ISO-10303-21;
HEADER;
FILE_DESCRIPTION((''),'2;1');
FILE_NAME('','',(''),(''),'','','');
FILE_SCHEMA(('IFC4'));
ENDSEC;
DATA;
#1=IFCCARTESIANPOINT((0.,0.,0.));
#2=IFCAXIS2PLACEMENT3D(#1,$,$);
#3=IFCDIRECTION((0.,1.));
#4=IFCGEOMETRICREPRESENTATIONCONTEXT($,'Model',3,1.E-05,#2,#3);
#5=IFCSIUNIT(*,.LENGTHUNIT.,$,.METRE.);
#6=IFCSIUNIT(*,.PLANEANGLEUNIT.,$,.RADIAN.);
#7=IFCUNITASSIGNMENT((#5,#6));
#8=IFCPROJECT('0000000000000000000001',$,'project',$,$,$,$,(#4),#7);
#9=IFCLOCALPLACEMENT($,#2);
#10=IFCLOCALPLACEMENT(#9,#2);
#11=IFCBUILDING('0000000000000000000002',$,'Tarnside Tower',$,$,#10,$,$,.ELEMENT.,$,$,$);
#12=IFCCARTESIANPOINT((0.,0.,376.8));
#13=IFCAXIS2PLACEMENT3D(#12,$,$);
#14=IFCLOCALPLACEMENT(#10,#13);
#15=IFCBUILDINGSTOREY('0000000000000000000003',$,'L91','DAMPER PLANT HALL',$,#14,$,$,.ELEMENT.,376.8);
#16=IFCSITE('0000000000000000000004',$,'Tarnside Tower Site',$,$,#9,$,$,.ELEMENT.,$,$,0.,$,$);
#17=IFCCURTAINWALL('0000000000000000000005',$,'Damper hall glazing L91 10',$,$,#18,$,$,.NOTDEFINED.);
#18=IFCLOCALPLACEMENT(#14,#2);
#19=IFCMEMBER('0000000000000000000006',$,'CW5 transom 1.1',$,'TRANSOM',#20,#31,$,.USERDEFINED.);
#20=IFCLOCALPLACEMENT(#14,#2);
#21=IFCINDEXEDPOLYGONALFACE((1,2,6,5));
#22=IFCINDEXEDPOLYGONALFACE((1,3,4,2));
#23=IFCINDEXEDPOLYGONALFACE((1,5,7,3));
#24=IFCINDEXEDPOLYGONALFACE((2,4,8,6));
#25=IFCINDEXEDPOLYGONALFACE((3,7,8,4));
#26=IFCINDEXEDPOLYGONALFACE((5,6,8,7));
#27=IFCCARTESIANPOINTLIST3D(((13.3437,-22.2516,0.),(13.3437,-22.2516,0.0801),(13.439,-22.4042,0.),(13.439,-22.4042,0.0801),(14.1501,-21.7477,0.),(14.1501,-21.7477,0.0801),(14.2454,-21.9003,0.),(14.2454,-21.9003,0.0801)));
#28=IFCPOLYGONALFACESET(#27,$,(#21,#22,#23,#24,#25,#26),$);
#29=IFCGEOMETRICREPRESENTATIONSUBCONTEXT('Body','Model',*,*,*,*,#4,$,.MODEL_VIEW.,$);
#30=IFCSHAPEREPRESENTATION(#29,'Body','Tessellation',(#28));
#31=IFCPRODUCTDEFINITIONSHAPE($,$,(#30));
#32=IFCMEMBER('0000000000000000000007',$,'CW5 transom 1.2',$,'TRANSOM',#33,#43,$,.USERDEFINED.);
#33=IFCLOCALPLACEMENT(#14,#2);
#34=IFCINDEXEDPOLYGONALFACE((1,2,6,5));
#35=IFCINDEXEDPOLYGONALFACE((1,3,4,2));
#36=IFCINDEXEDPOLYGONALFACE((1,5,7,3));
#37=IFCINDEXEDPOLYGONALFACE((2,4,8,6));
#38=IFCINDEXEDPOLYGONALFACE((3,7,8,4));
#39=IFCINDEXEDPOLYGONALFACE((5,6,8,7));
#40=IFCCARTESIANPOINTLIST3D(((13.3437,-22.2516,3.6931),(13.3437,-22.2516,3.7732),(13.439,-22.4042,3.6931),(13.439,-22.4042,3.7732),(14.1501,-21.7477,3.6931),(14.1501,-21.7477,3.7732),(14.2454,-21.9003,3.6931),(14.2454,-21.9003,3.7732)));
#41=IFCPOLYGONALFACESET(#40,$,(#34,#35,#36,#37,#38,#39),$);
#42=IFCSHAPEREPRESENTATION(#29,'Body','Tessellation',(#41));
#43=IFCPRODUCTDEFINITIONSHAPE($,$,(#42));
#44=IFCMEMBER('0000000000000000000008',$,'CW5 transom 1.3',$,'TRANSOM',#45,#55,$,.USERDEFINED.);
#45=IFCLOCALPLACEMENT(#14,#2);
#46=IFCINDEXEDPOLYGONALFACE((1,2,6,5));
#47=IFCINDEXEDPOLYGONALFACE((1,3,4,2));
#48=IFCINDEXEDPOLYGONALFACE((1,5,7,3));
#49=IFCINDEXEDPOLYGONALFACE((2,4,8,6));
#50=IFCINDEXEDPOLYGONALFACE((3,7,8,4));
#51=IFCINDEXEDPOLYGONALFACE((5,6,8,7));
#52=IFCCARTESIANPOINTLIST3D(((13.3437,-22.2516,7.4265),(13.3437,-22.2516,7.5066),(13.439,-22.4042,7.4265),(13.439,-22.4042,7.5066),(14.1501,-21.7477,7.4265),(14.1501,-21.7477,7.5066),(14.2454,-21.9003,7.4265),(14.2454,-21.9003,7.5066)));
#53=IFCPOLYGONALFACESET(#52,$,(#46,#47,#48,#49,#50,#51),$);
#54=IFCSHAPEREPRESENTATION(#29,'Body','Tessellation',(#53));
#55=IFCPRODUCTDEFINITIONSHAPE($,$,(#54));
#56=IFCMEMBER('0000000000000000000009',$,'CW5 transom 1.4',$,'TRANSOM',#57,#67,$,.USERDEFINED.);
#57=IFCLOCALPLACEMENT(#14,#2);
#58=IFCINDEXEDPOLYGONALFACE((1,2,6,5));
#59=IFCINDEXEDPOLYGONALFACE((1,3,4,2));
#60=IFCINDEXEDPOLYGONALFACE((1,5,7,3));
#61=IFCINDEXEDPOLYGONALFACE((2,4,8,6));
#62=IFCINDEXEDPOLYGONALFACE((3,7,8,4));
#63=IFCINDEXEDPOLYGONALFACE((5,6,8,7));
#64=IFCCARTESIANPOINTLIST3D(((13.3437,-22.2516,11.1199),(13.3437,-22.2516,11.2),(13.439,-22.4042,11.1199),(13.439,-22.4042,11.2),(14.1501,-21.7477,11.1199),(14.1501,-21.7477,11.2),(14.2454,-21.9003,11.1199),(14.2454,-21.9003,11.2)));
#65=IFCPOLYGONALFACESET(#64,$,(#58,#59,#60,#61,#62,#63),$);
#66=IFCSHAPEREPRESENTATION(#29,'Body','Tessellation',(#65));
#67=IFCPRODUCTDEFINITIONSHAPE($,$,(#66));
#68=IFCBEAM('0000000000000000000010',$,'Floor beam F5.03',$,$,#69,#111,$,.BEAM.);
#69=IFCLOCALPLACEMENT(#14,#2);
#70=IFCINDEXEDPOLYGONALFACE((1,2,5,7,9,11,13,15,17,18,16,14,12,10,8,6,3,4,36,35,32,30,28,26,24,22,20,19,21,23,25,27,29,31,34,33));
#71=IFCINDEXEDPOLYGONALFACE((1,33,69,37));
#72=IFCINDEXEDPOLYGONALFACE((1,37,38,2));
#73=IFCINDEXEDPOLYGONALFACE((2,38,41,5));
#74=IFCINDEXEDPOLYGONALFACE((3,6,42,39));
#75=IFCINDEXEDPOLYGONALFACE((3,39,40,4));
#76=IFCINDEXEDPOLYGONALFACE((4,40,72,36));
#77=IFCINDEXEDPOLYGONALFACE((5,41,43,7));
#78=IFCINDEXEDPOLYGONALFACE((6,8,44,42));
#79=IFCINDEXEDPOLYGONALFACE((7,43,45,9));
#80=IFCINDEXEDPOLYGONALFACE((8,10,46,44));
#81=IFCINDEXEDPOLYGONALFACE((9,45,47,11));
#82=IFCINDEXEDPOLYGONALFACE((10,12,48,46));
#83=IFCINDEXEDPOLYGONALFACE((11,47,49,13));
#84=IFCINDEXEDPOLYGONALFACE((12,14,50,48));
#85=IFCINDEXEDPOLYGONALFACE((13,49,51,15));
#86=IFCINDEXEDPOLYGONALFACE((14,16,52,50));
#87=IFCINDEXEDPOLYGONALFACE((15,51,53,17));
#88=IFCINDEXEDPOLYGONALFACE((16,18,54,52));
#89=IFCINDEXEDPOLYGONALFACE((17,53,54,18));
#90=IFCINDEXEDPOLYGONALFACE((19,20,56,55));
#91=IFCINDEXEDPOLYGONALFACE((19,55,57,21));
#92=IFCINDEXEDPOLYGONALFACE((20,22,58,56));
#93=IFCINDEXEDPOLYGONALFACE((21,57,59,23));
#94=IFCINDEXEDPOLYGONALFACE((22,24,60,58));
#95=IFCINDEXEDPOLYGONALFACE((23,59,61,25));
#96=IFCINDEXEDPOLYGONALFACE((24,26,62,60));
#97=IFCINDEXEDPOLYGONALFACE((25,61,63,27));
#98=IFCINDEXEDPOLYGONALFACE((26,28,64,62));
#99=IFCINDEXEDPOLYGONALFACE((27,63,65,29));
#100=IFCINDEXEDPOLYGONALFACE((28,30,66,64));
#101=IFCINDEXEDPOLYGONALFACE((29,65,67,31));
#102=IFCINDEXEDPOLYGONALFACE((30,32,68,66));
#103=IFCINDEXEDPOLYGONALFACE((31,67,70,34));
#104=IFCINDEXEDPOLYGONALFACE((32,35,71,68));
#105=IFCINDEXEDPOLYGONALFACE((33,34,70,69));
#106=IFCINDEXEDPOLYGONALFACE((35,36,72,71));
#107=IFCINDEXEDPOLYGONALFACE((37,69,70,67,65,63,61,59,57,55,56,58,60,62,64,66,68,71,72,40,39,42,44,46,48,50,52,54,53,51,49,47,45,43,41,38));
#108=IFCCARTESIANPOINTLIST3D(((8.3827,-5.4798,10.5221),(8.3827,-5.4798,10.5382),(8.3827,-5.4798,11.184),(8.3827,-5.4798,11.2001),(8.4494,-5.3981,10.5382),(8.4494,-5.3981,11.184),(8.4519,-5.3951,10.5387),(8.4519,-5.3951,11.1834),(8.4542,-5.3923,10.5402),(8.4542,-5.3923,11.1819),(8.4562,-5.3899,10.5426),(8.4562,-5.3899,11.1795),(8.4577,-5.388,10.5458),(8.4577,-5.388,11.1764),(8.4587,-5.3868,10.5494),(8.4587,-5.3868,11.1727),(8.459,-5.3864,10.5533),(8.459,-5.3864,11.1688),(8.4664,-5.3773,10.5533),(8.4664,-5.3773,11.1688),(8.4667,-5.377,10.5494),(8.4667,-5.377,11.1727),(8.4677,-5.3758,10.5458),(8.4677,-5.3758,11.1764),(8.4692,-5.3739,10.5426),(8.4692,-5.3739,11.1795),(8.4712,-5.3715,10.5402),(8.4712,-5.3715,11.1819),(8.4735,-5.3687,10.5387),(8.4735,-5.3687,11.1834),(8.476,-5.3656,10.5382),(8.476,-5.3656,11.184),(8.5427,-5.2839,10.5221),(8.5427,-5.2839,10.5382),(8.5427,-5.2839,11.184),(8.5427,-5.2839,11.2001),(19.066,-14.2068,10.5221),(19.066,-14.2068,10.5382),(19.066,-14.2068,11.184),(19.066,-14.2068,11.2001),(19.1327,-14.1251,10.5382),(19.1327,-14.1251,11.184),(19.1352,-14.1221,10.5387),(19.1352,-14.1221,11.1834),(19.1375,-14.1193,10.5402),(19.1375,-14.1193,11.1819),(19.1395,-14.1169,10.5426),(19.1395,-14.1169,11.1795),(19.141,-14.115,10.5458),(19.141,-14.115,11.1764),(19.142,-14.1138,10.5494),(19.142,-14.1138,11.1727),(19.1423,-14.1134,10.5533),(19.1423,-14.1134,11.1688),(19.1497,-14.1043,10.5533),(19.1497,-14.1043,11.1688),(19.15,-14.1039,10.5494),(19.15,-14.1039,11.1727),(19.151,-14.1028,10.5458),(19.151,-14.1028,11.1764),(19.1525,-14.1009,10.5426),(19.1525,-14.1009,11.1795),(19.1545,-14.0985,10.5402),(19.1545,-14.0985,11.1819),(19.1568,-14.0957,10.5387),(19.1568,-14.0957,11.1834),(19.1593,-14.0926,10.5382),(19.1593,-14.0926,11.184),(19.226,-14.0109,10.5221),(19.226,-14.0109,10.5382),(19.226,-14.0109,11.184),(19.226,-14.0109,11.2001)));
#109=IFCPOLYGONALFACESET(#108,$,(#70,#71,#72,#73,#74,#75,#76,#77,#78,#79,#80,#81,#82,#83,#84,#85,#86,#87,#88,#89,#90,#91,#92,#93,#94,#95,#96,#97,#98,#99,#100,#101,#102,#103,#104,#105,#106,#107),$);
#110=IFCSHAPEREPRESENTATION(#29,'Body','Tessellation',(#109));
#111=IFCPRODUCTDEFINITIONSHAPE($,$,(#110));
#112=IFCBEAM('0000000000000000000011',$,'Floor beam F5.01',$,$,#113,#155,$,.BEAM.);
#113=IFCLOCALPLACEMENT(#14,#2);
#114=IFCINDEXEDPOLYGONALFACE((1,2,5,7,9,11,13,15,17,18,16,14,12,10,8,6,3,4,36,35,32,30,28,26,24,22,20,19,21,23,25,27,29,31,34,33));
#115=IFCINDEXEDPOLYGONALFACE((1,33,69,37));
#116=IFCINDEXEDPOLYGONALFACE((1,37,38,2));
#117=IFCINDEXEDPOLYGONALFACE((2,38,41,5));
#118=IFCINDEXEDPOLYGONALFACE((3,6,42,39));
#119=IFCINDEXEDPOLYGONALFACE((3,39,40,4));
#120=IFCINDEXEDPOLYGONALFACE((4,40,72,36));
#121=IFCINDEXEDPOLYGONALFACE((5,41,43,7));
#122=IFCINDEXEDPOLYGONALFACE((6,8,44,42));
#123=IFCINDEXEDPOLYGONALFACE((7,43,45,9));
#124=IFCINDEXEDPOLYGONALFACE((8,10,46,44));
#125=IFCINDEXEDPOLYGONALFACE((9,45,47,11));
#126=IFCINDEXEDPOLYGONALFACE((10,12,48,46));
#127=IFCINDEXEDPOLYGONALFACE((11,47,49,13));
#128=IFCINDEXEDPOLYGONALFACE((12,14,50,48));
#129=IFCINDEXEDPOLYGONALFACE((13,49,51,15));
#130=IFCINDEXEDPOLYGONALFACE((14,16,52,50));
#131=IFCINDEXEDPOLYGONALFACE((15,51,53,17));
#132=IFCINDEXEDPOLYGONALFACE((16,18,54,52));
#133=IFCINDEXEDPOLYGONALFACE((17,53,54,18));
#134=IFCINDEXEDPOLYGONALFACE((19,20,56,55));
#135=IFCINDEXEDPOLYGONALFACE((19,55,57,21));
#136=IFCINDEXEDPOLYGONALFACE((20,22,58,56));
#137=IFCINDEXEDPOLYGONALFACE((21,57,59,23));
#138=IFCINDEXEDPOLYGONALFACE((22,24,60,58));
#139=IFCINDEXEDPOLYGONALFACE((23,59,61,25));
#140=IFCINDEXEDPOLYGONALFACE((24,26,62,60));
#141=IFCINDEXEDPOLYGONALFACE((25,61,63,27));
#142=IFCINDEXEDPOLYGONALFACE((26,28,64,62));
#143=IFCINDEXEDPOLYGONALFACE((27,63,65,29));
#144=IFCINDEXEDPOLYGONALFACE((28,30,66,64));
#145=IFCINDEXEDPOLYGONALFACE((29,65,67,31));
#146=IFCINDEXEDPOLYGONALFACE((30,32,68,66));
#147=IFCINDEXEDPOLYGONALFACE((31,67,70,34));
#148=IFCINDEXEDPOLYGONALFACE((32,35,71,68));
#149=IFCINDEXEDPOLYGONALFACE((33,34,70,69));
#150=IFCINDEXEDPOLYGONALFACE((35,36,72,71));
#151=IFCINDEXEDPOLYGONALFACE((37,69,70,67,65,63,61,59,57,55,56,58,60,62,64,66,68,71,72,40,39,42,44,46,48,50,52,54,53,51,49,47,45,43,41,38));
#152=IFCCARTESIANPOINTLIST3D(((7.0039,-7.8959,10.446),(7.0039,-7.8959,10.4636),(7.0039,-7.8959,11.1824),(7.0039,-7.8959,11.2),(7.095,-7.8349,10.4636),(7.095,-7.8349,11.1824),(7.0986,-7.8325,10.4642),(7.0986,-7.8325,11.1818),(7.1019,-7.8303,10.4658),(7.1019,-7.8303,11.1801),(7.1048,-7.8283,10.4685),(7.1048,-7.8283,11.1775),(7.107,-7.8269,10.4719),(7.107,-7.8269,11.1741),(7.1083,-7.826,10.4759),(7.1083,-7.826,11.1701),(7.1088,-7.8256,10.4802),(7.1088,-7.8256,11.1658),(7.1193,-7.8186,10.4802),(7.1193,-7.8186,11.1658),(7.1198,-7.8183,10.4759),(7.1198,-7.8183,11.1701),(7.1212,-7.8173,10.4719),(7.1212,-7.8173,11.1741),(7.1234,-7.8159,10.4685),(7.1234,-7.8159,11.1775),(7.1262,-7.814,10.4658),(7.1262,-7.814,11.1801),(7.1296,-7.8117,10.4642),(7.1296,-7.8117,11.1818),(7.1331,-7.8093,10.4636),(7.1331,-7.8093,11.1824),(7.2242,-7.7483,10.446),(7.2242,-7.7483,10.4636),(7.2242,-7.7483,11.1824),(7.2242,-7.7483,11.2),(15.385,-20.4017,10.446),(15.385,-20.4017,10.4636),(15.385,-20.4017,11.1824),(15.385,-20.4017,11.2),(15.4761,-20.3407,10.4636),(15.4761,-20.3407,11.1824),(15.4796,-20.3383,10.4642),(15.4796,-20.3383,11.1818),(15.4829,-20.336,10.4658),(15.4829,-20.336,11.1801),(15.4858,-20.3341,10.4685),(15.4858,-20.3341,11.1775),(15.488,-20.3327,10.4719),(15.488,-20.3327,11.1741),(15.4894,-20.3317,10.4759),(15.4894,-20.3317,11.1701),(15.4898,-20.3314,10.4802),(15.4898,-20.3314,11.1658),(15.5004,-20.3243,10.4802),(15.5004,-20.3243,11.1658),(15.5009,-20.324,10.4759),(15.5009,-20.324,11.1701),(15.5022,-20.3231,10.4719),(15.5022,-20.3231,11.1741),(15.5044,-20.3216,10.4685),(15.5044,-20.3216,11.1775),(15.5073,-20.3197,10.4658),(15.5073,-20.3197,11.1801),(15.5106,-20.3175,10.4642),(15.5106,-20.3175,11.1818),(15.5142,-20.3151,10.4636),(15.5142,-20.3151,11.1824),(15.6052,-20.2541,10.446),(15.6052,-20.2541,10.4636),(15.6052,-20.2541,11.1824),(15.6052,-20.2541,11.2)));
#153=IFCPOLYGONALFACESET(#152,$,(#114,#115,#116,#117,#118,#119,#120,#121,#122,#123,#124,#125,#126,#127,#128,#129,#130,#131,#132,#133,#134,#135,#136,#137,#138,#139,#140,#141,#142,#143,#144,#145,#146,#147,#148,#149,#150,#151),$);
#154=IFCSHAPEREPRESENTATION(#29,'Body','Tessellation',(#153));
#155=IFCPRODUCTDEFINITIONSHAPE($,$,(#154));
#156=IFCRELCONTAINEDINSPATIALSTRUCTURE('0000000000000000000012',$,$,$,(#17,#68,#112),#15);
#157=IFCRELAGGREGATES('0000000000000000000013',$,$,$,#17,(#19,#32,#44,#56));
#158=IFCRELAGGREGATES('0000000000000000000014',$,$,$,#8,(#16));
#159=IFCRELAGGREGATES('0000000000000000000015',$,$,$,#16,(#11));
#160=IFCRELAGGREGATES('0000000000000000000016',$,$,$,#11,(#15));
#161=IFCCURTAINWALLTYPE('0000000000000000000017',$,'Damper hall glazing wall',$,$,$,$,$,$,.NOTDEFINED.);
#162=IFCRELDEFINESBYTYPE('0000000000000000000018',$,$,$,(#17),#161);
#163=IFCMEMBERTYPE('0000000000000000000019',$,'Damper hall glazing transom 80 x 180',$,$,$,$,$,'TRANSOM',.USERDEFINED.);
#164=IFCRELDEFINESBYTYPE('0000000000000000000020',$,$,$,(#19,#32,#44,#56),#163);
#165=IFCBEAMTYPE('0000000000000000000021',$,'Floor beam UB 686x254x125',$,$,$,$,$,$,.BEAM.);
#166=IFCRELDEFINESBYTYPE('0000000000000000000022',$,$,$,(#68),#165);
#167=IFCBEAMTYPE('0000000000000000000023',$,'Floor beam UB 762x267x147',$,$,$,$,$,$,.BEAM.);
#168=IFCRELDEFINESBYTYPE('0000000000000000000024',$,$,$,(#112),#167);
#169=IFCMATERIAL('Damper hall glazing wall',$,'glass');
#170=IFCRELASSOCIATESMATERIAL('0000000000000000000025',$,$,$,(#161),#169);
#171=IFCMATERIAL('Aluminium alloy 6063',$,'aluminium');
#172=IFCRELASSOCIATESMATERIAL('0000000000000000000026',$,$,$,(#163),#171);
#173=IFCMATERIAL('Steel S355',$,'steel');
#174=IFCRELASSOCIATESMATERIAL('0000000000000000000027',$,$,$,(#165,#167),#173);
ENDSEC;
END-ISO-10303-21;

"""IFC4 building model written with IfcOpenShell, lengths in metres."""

from ifc_helpers import new_model, si_unit, direction, frame, origin, origin_2d, place, context, subcontext, project, spatial, rectangle, i_section, extrude, material, material_profile, profile_set, type_object, element, aggregate, save


model = new_model("IFC4")

# Units and contexts
model_context = context("Model", 3, precision=1e-05, world=origin(), true_north=direction((0.0, 1.0)))
body_context = subcontext(model_context, "Body", "Model", "MODEL_VIEW")
ifc_project = project(units=[si_unit("LENGTHUNIT", "METRE"), si_unit("PLANEANGLEUNIT", "RADIAN")], contexts=[model_context])

# Site, building, storey
site_placement = place(None, origin())
site = spatial("IfcSite", under=ifc_project, at=site_placement, Name="Tarnside Tower Site", CompositionType="ELEMENT", RefElevation=0.0)
building_placement = place(site_placement, origin())
building = spatial("IfcBuilding", under=site, at=building_placement, Name="Tarnside Tower", CompositionType="ELEMENT")
storey_placement = place(building_placement, frame((0.0, 0.0, 376.8)))
storey = spatial("IfcBuildingStorey", under=building, at=storey_placement, Name="L91", Description="DAMPER PLANT HALL", CompositionType="ELEMENT", Elevation=376.8)

# Shared definitions
ifc_material_1 = material(Name="Steel S355", Category="steel")

# Shared definitions
ifc_material_2 = material(Name="Damper hall glazing wall", Category="glass")
curtain_wall_type = type_object("IfcCurtainWallType", Name="Damper hall glazing wall", PredefinedType="NOTDEFINED", material=ifc_material_2)
ifc_material_3 = material(Name="Aluminium alloy 6063", Category="aluminium")

# Curtain wall
curtain_wall_1_placement = place(storey_placement, origin())
curtain_wall_1 = element("IfcCurtainWall", 1, at=curtain_wall_1_placement, inside=storey, type_object=curtain_wall_type, Name="Damper hall glazing L91 10", PredefinedType="NOTDEFINED")

# Members
ifc_material_profile_1 = material_profile(ifc_material_3, rectangle(XDim=0.1799, YDim=0.0801, at=origin_2d()), Name="Damper hall glazing transom 80 x 180")
ifc_profile_set_1 = profile_set([ifc_material_profile_1], Name="Aluminium alloy 6063")
member_type_1 = type_object("IfcMemberType", Name="Damper hall glazing transom 80 x 180", ElementType="TRANSOM", PredefinedType="USERDEFINED", material=ifc_profile_set_1)
member_1_placement = place(storey_placement, frame((14.1978, -21.824, 0.04), z_axis=(-0.848042, -0.52993, 0.0), x_axis=(0.52993, -0.848042, 0.0)))
member_1 = element("IfcMember", 2, at=member_1_placement, type_object=member_type_1, Name="CW5 transom 1.1", ObjectType="TRANSOM", PredefinedType="USERDEFINED", context=body_context, shape_type="SweptSolid", body=[
    extrude(rectangle(XDim=0.1799, YDim=0.0801, at=origin_2d()), origin(), (0.0, 0.0, 1.0), 0.9509),
])
member_2_placement = place(storey_placement, frame((14.1978, -21.824, 3.7332), z_axis=(-0.848042, -0.52993, 0.0), x_axis=(0.52993, -0.848042, 0.0)))
member_2 = element("IfcMember", 3, at=member_2_placement, type_object=member_type_1, Name="CW5 transom 1.2", ObjectType="TRANSOM", PredefinedType="USERDEFINED", context=body_context, shape_type="SweptSolid", body=[
    extrude(rectangle(XDim=0.1799, YDim=0.0801, at=origin_2d()), origin(), (0.0, 0.0, 1.0), 0.9509),
])
member_3_placement = place(storey_placement, frame((14.1978, -21.824, 7.4666), z_axis=(-0.848042, -0.52993, 0.0), x_axis=(0.52993, -0.848042, 0.0)))
member_3 = element("IfcMember", 4, at=member_3_placement, type_object=member_type_1, Name="CW5 transom 1.3", ObjectType="TRANSOM", PredefinedType="USERDEFINED", context=body_context, shape_type="SweptSolid", body=[
    extrude(rectangle(XDim=0.1799, YDim=0.0801, at=origin_2d()), origin(), (0.0, 0.0, 1.0), 0.9509),
])
member_4_placement = place(storey_placement, frame((14.1978, -21.824, 11.1599), z_axis=(-0.848042, -0.52993, 0.0), x_axis=(0.52993, -0.848042, 0.0)))
member_4 = element("IfcMember", 5, at=member_4_placement, type_object=member_type_1, Name="CW5 transom 1.4", ObjectType="TRANSOM", PredefinedType="USERDEFINED", context=body_context, shape_type="SweptSolid", body=[
    extrude(rectangle(XDim=0.1799, YDim=0.0801, at=origin_2d()), origin(), (0.0, 0.0, 1.0), 0.9509),
])
aggregate(curtain_wall_1, [member_1, member_2, member_3, member_4])

# Beams
ifc_material_profile_2 = material_profile(ifc_material_1, i_section(OverallWidth=0.2529, OverallDepth=0.678, WebThickness=0.0117, FlangeThickness=0.0161, FilletRadius=0.0151, at=origin_2d()), Name="UB 686x254x125")
ifc_profile_set_2 = profile_set([ifc_material_profile_2], Name="Steel S355")
beam_type_1 = type_object("IfcBeamType", Name="Floor beam UB 686x254x125", PredefinedType="BEAM", material=ifc_profile_set_2)
beam_1_placement = place(storey_placement, frame((19.146, -14.1089, 10.8611), z_axis=(-0.77445, 0.632635, 0.0), x_axis=(-0.632635, -0.77445, 0.0)))
element("IfcBeam", 6, at=beam_1_placement, inside=storey, type_object=beam_type_1, Name="Floor beam F5.03", PredefinedType="BEAM", context=body_context, shape_type="SweptSolid", body=[
    extrude(i_section(OverallWidth=0.2529, OverallDepth=0.678, WebThickness=0.0117, FlangeThickness=0.0161, FilletRadius=0.0151, at=origin_2d()), origin(), (0.0, 0.0, 1.0), 13.7947),
])
ifc_material_profile_3 = material_profile(ifc_material_1, i_section(OverallWidth=0.2651, OverallDepth=0.7539, WebThickness=0.0127, FlangeThickness=0.0176, FilletRadius=0.0166, at=origin_2d()), Name="UB 762x267x147")
ifc_profile_set_3 = profile_set([ifc_material_profile_3], Name="Steel S355")
beam_type_2 = type_object("IfcBeamType", Name="Floor beam UB 762x267x147", PredefinedType="BEAM", material=ifc_profile_set_3)
beam_2_placement = place(storey_placement, frame((15.4951, -20.3279, 10.823), z_axis=(-0.556716, 0.830703, 0.0), x_axis=(-0.830703, -0.556716, 0.0)))
element("IfcBeam", 7, at=beam_2_placement, inside=storey, type_object=beam_type_2, Name="Floor beam F5.01", PredefinedType="BEAM", context=body_context, shape_type="SweptSolid", body=[
    extrude(i_section(OverallWidth=0.2651, OverallDepth=0.7539, WebThickness=0.0127, FlangeThickness=0.0176, FilletRadius=0.0166, at=origin_2d()), origin(), (0.0, 0.0, 1.0), 15.0544),
])

save(model, "model.ifc")
